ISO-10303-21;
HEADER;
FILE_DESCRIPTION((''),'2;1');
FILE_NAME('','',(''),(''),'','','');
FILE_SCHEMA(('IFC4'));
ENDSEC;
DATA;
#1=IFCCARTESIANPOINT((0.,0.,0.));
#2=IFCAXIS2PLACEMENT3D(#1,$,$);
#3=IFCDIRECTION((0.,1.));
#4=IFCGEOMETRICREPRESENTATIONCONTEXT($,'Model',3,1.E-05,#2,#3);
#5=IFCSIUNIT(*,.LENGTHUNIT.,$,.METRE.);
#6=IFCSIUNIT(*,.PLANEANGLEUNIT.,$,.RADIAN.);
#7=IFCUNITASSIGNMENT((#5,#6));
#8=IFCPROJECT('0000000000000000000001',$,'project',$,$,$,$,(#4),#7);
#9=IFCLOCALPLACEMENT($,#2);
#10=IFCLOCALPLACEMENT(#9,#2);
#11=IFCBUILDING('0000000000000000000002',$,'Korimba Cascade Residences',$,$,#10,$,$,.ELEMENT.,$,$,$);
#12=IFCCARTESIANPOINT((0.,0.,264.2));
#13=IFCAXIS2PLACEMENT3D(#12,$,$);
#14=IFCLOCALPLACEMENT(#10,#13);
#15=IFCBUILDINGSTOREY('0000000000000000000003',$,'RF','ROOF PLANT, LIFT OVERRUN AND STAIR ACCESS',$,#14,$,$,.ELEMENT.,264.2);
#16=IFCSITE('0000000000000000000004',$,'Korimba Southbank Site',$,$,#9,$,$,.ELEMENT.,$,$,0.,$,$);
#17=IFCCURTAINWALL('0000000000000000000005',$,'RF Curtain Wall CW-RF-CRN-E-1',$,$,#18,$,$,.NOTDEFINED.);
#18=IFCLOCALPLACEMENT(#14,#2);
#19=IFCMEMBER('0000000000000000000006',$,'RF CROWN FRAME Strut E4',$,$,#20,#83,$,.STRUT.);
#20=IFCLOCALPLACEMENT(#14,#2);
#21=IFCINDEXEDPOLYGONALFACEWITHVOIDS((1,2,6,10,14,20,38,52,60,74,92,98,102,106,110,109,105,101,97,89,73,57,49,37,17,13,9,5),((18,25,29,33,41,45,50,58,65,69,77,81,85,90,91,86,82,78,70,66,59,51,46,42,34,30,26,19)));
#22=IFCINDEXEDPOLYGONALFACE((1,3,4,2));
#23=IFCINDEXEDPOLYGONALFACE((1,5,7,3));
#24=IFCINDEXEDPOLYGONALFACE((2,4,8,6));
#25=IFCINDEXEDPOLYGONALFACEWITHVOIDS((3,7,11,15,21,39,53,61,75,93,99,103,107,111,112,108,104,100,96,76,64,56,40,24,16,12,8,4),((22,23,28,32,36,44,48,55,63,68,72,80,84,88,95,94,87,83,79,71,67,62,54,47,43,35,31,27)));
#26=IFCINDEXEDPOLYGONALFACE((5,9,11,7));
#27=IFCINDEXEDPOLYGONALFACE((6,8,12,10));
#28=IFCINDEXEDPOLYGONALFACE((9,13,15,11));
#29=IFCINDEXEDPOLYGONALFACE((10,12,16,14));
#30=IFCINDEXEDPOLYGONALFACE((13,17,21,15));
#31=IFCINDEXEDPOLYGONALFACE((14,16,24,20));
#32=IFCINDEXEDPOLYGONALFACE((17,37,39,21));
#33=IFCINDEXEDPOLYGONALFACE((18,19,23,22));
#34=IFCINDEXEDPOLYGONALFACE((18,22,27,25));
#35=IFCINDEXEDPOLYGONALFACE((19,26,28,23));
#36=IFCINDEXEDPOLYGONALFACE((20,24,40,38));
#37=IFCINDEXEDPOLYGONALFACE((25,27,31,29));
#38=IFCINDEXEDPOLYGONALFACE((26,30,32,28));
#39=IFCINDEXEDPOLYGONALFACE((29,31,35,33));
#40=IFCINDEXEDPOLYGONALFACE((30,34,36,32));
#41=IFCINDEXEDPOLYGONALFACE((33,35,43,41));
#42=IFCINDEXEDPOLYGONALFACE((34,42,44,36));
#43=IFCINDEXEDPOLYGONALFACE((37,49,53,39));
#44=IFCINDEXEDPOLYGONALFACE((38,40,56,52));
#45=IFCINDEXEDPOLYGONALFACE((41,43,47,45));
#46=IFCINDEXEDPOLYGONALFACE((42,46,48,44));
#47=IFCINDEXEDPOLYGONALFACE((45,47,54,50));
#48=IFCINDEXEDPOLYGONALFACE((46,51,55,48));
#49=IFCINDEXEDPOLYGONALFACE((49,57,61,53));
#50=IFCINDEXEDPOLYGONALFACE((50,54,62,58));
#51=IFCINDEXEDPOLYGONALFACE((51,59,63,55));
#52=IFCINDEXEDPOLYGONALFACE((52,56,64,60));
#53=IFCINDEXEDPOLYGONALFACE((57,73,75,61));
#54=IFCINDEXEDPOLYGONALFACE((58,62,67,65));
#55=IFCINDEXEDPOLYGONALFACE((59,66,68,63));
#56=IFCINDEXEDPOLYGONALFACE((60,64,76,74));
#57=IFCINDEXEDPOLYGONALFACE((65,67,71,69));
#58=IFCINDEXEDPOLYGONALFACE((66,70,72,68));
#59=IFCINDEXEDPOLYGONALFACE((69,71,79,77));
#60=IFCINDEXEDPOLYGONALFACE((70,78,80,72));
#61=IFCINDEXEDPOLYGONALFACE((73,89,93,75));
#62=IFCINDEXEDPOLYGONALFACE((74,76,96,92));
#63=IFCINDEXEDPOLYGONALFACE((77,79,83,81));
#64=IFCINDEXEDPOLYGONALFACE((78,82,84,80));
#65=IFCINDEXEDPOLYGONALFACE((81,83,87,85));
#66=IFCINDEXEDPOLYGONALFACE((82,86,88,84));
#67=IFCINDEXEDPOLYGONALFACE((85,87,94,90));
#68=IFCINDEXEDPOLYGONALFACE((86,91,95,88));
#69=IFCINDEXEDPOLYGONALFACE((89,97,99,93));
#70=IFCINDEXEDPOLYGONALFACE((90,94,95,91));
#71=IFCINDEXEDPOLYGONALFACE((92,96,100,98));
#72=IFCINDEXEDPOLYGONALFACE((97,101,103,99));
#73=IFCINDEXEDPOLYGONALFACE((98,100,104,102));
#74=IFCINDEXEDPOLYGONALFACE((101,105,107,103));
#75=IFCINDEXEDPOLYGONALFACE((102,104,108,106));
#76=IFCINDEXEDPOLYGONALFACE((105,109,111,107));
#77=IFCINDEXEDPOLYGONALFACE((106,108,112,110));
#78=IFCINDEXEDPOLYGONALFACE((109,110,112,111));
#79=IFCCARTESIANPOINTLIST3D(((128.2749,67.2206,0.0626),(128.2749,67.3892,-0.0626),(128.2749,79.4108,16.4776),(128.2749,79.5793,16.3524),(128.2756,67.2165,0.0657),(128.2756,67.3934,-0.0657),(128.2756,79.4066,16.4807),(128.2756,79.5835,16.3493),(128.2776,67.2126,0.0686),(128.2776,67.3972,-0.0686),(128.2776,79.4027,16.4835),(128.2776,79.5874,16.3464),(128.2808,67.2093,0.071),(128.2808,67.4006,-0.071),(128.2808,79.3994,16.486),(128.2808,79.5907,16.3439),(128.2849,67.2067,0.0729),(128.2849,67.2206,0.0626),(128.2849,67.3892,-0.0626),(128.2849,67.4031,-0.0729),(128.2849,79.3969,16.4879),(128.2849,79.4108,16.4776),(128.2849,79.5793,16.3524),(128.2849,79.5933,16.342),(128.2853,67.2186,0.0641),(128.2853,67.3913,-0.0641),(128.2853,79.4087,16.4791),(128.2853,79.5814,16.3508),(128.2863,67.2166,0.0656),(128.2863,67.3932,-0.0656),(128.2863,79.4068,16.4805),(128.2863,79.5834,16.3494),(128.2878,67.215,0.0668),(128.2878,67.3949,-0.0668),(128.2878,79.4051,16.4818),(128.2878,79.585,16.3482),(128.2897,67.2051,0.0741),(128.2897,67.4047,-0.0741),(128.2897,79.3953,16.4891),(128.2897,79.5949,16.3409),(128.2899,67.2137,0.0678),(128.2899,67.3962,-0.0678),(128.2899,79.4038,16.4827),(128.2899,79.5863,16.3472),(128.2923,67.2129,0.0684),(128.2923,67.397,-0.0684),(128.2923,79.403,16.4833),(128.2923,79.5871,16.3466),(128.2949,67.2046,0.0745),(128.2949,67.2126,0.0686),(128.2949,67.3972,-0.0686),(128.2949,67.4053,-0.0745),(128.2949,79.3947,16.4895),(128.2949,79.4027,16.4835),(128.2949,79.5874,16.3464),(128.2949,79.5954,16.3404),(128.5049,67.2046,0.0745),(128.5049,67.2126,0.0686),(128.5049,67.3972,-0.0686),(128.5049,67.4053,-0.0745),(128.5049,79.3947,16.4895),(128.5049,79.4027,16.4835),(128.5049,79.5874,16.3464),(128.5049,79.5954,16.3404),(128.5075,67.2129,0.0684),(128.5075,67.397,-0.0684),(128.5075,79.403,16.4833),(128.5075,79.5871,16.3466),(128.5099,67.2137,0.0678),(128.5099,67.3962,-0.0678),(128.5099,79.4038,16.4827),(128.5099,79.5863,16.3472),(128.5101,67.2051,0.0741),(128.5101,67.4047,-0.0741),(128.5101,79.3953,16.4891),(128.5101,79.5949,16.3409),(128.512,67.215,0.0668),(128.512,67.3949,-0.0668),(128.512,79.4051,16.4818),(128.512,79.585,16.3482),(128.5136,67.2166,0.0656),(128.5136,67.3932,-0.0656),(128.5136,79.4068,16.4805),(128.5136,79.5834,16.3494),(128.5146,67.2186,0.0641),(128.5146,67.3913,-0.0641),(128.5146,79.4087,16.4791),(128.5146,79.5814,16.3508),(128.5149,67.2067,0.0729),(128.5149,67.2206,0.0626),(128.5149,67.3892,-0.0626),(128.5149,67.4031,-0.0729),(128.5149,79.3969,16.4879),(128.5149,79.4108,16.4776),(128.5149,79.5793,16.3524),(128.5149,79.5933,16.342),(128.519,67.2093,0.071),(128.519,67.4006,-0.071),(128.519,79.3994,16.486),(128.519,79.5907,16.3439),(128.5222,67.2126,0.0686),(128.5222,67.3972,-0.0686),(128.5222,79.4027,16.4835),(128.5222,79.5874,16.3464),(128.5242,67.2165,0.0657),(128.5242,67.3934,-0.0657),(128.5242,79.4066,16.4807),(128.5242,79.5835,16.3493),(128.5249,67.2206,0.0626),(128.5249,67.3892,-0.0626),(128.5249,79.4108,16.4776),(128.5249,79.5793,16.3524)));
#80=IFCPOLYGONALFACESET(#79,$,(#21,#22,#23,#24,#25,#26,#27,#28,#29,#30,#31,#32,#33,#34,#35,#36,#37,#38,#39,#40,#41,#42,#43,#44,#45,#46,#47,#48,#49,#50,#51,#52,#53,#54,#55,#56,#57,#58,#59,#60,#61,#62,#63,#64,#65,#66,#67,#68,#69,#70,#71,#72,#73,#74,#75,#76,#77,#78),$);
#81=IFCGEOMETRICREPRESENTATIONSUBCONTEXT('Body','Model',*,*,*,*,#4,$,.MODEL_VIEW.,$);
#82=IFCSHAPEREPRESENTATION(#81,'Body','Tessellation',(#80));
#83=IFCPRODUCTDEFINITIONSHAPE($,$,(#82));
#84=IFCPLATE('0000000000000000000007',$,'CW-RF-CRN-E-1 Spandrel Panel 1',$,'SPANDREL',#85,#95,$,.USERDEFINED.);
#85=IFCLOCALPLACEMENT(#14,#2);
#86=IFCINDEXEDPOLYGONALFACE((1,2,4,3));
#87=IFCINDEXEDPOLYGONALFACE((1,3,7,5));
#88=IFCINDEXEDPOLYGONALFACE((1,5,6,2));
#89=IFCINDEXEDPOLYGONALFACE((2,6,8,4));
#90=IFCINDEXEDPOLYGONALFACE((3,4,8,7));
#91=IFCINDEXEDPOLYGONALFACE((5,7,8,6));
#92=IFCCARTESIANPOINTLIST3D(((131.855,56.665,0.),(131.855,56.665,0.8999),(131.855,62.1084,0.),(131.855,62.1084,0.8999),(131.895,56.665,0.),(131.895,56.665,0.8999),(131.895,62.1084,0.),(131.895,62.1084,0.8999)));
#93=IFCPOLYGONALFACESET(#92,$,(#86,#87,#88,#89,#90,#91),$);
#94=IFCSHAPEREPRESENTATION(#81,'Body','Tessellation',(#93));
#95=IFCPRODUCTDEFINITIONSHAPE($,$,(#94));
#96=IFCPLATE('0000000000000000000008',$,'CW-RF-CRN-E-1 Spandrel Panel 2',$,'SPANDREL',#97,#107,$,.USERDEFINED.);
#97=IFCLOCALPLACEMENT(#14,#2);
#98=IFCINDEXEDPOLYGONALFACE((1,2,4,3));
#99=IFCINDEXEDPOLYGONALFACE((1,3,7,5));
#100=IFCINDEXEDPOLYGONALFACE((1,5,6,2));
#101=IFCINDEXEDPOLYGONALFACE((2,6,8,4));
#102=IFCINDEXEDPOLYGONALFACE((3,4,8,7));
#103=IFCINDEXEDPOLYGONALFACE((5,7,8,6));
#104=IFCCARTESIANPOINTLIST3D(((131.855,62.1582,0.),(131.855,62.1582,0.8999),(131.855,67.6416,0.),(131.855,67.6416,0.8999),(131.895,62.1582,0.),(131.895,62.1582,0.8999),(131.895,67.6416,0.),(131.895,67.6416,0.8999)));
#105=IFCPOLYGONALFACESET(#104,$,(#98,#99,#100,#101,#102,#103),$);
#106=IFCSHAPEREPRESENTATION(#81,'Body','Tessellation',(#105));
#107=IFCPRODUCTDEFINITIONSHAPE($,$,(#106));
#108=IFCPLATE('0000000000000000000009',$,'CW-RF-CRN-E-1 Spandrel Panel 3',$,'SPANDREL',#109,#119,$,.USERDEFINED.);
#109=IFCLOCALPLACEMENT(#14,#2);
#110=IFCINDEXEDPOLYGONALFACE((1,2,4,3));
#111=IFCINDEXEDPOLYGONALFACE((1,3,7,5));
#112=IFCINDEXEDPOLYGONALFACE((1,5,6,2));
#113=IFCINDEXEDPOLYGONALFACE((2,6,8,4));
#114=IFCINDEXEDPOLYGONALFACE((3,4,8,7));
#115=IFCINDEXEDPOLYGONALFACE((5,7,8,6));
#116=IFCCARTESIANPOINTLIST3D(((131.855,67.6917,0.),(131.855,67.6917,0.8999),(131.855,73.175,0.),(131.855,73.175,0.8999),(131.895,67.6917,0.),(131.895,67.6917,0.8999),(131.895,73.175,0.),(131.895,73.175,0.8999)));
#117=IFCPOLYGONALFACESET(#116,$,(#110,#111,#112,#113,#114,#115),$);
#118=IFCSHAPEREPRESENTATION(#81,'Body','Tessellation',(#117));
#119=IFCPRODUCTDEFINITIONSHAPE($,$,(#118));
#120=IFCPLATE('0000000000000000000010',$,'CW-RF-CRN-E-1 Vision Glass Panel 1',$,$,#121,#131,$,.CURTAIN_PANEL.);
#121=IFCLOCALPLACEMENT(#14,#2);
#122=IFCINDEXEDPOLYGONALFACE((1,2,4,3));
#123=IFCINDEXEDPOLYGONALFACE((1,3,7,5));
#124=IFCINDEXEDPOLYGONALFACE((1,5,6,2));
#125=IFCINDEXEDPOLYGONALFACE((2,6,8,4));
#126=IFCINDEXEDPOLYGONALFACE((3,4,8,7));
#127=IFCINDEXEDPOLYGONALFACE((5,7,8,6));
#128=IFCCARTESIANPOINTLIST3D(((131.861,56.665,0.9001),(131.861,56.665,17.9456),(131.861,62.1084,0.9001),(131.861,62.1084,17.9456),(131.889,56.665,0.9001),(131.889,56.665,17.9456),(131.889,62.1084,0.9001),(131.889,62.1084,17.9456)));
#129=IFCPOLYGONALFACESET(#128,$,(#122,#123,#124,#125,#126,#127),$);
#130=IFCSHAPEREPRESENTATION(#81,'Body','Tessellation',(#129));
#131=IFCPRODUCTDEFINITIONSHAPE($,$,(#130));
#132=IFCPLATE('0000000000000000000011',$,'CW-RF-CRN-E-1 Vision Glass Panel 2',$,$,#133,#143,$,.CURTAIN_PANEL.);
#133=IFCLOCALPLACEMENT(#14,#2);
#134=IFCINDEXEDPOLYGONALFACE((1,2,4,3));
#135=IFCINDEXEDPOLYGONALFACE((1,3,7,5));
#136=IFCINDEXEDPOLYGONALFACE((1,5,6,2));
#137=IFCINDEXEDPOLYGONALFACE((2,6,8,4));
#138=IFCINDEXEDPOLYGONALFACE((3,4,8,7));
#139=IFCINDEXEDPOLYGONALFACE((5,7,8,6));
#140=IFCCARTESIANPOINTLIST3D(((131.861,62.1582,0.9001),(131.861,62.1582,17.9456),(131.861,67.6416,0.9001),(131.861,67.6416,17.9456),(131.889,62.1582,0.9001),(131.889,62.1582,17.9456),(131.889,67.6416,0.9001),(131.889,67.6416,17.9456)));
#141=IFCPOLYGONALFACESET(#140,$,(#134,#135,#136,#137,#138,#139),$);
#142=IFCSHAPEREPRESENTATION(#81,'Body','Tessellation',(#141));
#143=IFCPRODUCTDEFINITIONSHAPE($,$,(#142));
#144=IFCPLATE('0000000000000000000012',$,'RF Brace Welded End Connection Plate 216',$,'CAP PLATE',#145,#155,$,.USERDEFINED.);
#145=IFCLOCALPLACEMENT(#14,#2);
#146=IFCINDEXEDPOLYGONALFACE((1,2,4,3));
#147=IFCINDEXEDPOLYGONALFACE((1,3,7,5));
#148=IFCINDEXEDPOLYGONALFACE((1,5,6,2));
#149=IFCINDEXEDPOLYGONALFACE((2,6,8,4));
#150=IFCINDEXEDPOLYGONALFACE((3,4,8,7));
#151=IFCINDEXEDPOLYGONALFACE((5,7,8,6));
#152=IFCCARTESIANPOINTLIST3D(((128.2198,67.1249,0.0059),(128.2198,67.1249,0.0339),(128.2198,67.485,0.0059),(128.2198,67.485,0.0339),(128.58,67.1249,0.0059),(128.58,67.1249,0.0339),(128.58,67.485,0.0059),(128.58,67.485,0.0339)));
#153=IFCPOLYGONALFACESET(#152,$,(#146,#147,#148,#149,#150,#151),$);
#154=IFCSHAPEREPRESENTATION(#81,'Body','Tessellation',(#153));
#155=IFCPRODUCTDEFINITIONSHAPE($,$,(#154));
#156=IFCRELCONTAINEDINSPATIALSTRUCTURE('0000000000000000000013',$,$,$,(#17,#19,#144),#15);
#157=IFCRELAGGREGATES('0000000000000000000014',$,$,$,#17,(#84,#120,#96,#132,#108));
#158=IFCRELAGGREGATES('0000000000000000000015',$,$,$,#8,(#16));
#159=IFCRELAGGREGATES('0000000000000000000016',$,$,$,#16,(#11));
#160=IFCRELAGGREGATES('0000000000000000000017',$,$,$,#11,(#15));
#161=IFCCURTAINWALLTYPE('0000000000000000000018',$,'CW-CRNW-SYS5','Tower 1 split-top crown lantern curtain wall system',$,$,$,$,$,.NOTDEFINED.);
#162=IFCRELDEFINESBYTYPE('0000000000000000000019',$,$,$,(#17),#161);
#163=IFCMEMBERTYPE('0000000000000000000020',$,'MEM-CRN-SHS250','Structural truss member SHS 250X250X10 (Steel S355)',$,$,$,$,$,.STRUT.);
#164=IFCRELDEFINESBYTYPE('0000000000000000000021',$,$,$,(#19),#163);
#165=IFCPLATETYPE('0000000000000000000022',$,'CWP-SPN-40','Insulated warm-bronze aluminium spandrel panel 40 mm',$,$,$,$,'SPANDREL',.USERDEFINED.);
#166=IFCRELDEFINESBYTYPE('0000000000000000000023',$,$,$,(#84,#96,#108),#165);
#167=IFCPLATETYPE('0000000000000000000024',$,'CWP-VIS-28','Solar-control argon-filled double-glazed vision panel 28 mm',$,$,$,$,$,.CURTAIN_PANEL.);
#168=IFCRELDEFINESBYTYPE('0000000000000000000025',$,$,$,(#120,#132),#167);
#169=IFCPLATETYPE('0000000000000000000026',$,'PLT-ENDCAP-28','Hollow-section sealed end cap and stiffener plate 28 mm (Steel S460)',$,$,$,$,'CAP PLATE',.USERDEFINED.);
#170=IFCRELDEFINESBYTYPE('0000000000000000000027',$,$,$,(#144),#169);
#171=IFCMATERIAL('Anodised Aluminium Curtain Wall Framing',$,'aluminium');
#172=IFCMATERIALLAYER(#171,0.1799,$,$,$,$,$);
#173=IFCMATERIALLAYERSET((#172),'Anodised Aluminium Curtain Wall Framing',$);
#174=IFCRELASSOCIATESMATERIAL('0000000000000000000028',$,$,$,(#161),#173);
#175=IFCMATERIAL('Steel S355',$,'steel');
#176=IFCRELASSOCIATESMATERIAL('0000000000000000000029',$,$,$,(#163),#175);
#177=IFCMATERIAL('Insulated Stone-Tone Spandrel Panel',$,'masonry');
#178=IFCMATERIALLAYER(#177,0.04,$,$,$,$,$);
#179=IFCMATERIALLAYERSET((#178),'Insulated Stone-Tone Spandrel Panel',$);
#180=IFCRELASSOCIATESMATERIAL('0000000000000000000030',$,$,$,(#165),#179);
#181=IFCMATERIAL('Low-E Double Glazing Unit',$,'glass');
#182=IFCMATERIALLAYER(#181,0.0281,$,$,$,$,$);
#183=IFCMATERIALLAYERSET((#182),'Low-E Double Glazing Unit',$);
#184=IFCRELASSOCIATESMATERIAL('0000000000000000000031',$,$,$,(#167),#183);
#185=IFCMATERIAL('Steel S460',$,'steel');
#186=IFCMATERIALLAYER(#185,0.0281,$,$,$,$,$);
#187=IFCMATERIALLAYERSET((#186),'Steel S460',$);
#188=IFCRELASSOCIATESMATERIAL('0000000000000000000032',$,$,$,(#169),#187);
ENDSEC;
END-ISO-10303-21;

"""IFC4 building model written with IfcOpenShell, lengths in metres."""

from ifc_helpers import new_model, si_unit, direction, frame, origin, origin_2d, place, context, subcontext, project, spatial, rectangle, hollow_rectangle, extrude, material, layer, layer_set, material_profile, profile_set, type_object, element, aggregate, save


model = new_model("IFC4")

# Units and contexts
model_context = context("Model", 3, precision=1e-05, world=origin(), true_north=direction((0.0, 1.0)))
body_context = subcontext(model_context, "Body", "Model", "MODEL_VIEW")
ifc_project = project(units=[si_unit("LENGTHUNIT", "METRE"), si_unit("PLANEANGLEUNIT", "RADIAN")], contexts=[model_context])

# Site, building, storey
site_placement = place(None, origin())
site = spatial("IfcSite", under=ifc_project, at=site_placement, Name="Korimba Southbank Site", CompositionType="ELEMENT", RefElevation=0.0)
building_placement = place(site_placement, origin())
building = spatial("IfcBuilding", under=site, at=building_placement, Name="Korimba Cascade Residences", CompositionType="ELEMENT")
storey_placement = place(building_placement, frame((0.0, 0.0, 264.2)))
storey = spatial("IfcBuildingStorey", under=building, at=storey_placement, Name="RF", Description="ROOF PLANT, LIFT OVERRUN AND STAIR ACCESS", CompositionType="ELEMENT", Elevation=264.2)

# Shared definitions
ifc_material_1 = material(Name="Steel S355", Category="steel")

# Curtain wall
ifc_material_2 = material(Name="Anodised Aluminium Curtain Wall Framing", Category="aluminium")
ifc_layer_1 = layer(ifc_material_2, 0.1799)
ifc_layer_set_1 = layer_set([ifc_layer_1], Name="Anodised Aluminium Curtain Wall Framing")
curtain_wall_type = type_object("IfcCurtainWallType", Name="CW-CRNW-SYS5", Description="Tower 1 split-top crown lantern curtain wall system", PredefinedType="NOTDEFINED", material=ifc_layer_set_1)
curtain_wall_placement = place(storey_placement, origin())
curtain_wall = element("IfcCurtainWall", 1, at=curtain_wall_placement, inside=storey, type_object=curtain_wall_type, Name="RF Curtain Wall CW-RF-CRN-E-1", PredefinedType="NOTDEFINED")

# Member
ifc_material_profile_1 = material_profile(ifc_material_1, hollow_rectangle(XDim=0.25, YDim=0.25, WallThickness=0.01, InnerFilletRadius=0.01, OuterFilletRadius=0.02, at=origin_2d()), Name="Steel S355")
ifc_profile_set_1 = profile_set([ifc_material_profile_1], Name="Steel S355")
member_type_1 = type_object("IfcMemberType", Name="MEM-CRN-SHS250", Description="Structural truss member SHS 250X250X10 (Steel S355)", PredefinedType="STRUT", material=ifc_profile_set_1)
member_1_placement = place(storey_placement, frame((128.3999, 67.3049, 0.0), z_axis=(0.0, 0.596203, 0.802834), x_axis=(-1.0, 0.0, 0.0)))
element("IfcMember", 2, at=member_1_placement, inside=storey, type_object=member_type_1, Name="RF CROWN FRAME Strut E4", PredefinedType="STRUT", context=body_context, shape_type="SweptSolid", body=[
    extrude(hollow_rectangle(XDim=0.25, YDim=0.25, WallThickness=0.01, InnerFilletRadius=0.01, OuterFilletRadius=0.02, at=origin_2d()), origin(), (0.0, 0.0, 1.0), 20.4463),
])

# Plates
ifc_material_3 = material(Name="Insulated Stone-Tone Spandrel Panel", Category="masonry")
ifc_layer_2 = layer(ifc_material_3, 0.04)
ifc_layer_set_2 = layer_set([ifc_layer_2], Name="Insulated Stone-Tone Spandrel Panel")
plate_type_1 = type_object("IfcPlateType", Name="CWP-SPN-40", Description="Insulated warm-bronze aluminium spandrel panel 40 mm", ElementType="SPANDREL", PredefinedType="USERDEFINED", material=ifc_layer_set_2)
plate_1_placement = place(storey_placement, frame((131.875, 59.3867, 0.0), z_axis=(0.0, 0.0, 1.0), x_axis=(0.0, 1.0, 0.0)))
plate_1 = element("IfcPlate", 3, at=plate_1_placement, type_object=plate_type_1, Name="CW-RF-CRN-E-1 Spandrel Panel 1", ObjectType="SPANDREL", PredefinedType="USERDEFINED", context=body_context, shape_type="SweptSolid", body=[
    extrude(rectangle(XDim=5.4434, YDim=0.04, at=origin_2d()), origin(), (0.0, 0.0, 1.0), 0.8999),
])
plate_2_placement = place(storey_placement, frame((131.875, 64.8999, 0.0), z_axis=(0.0, 0.0, 1.0), x_axis=(0.0, 1.0, 0.0)))
plate_2 = element("IfcPlate", 4, at=plate_2_placement, type_object=plate_type_1, Name="CW-RF-CRN-E-1 Spandrel Panel 2", ObjectType="SPANDREL", PredefinedType="USERDEFINED", context=body_context, shape_type="SweptSolid", body=[
    extrude(rectangle(XDim=5.4834, YDim=0.04, at=origin_2d()), origin(), (0.0, 0.0, 1.0), 0.8999),
])
plate_3_placement = place(storey_placement, frame((131.875, 70.4333, 0.0), z_axis=(0.0, 0.0, 1.0), x_axis=(0.0, 1.0, 0.0)))
plate_3 = element("IfcPlate", 5, at=plate_3_placement, type_object=plate_type_1, Name="CW-RF-CRN-E-1 Spandrel Panel 3", ObjectType="SPANDREL", PredefinedType="USERDEFINED", context=body_context, shape_type="SweptSolid", body=[
    extrude(rectangle(XDim=5.4834, YDim=0.04, at=origin_2d()), origin(), (0.0, 0.0, 1.0), 0.8999),
])
ifc_material_4 = material(Name="Low-E Double Glazing Unit", Category="glass")
ifc_layer_3 = layer(ifc_material_4, 0.0281)
ifc_layer_set_3 = layer_set([ifc_layer_3], Name="Low-E Double Glazing Unit")
plate_type_2 = type_object("IfcPlateType", Name="CWP-VIS-28", Description="Solar-control argon-filled double-glazed vision panel 28 mm", PredefinedType="CURTAIN_PANEL", material=ifc_layer_set_3)
plate_4_placement = place(storey_placement, frame((131.875, 59.3867, 0.9001), z_axis=(0.0, 0.0, 1.0), x_axis=(0.0, 1.0, 0.0)))
plate_4 = element("IfcPlate", 6, at=plate_4_placement, type_object=plate_type_2, Name="CW-RF-CRN-E-1 Vision Glass Panel 1", PredefinedType="CURTAIN_PANEL", context=body_context, shape_type="SweptSolid", body=[
    extrude(rectangle(XDim=5.4434, YDim=0.0281, at=origin_2d()), origin(), (0.0, 0.0, 1.0), 17.0454),
])
plate_5_placement = place(storey_placement, frame((131.875, 64.8999, 0.9001), z_axis=(0.0, 0.0, 1.0), x_axis=(0.0, 1.0, 0.0)))
plate_5 = element("IfcPlate", 7, at=plate_5_placement, type_object=plate_type_2, Name="CW-RF-CRN-E-1 Vision Glass Panel 2", PredefinedType="CURTAIN_PANEL", context=body_context, shape_type="SweptSolid", body=[
    extrude(rectangle(XDim=5.4834, YDim=0.0281, at=origin_2d()), origin(), (0.0, 0.0, 1.0), 17.0454),
])
aggregate(curtain_wall, [plate_1, plate_4, plate_2, plate_5, plate_3])
ifc_material_5 = material(Name="Steel S460", Category="steel")
ifc_layer_4 = layer(ifc_material_5, 0.0281)
ifc_layer_set_4 = layer_set([ifc_layer_4], Name="Steel S460")
plate_type_3 = type_object("IfcPlateType", Name="PLT-ENDCAP-28", Description="Hollow-section sealed end cap and stiffener plate 28 mm (Steel S460)", ElementType="CAP PLATE", PredefinedType="USERDEFINED", material=ifc_layer_set_4)
plate_6_placement = place(storey_placement, frame((128.3999, 67.3049, 0.0059), z_axis=(0.0, 0.0, 1.0), x_axis=(1.0, 0.0, 0.0)))
element("IfcPlate", 8, at=plate_6_placement, inside=storey, type_object=plate_type_3, Name="RF Brace Welded End Connection Plate 216", ObjectType="CAP PLATE", PredefinedType="USERDEFINED", context=body_context, shape_type="SweptSolid", body=[
    extrude(rectangle(XDim=0.3601, YDim=0.3601, at=origin_2d()), origin(), (0.0, 0.0, 1.0), 0.0281),
])

save(model, "model.ifc")
